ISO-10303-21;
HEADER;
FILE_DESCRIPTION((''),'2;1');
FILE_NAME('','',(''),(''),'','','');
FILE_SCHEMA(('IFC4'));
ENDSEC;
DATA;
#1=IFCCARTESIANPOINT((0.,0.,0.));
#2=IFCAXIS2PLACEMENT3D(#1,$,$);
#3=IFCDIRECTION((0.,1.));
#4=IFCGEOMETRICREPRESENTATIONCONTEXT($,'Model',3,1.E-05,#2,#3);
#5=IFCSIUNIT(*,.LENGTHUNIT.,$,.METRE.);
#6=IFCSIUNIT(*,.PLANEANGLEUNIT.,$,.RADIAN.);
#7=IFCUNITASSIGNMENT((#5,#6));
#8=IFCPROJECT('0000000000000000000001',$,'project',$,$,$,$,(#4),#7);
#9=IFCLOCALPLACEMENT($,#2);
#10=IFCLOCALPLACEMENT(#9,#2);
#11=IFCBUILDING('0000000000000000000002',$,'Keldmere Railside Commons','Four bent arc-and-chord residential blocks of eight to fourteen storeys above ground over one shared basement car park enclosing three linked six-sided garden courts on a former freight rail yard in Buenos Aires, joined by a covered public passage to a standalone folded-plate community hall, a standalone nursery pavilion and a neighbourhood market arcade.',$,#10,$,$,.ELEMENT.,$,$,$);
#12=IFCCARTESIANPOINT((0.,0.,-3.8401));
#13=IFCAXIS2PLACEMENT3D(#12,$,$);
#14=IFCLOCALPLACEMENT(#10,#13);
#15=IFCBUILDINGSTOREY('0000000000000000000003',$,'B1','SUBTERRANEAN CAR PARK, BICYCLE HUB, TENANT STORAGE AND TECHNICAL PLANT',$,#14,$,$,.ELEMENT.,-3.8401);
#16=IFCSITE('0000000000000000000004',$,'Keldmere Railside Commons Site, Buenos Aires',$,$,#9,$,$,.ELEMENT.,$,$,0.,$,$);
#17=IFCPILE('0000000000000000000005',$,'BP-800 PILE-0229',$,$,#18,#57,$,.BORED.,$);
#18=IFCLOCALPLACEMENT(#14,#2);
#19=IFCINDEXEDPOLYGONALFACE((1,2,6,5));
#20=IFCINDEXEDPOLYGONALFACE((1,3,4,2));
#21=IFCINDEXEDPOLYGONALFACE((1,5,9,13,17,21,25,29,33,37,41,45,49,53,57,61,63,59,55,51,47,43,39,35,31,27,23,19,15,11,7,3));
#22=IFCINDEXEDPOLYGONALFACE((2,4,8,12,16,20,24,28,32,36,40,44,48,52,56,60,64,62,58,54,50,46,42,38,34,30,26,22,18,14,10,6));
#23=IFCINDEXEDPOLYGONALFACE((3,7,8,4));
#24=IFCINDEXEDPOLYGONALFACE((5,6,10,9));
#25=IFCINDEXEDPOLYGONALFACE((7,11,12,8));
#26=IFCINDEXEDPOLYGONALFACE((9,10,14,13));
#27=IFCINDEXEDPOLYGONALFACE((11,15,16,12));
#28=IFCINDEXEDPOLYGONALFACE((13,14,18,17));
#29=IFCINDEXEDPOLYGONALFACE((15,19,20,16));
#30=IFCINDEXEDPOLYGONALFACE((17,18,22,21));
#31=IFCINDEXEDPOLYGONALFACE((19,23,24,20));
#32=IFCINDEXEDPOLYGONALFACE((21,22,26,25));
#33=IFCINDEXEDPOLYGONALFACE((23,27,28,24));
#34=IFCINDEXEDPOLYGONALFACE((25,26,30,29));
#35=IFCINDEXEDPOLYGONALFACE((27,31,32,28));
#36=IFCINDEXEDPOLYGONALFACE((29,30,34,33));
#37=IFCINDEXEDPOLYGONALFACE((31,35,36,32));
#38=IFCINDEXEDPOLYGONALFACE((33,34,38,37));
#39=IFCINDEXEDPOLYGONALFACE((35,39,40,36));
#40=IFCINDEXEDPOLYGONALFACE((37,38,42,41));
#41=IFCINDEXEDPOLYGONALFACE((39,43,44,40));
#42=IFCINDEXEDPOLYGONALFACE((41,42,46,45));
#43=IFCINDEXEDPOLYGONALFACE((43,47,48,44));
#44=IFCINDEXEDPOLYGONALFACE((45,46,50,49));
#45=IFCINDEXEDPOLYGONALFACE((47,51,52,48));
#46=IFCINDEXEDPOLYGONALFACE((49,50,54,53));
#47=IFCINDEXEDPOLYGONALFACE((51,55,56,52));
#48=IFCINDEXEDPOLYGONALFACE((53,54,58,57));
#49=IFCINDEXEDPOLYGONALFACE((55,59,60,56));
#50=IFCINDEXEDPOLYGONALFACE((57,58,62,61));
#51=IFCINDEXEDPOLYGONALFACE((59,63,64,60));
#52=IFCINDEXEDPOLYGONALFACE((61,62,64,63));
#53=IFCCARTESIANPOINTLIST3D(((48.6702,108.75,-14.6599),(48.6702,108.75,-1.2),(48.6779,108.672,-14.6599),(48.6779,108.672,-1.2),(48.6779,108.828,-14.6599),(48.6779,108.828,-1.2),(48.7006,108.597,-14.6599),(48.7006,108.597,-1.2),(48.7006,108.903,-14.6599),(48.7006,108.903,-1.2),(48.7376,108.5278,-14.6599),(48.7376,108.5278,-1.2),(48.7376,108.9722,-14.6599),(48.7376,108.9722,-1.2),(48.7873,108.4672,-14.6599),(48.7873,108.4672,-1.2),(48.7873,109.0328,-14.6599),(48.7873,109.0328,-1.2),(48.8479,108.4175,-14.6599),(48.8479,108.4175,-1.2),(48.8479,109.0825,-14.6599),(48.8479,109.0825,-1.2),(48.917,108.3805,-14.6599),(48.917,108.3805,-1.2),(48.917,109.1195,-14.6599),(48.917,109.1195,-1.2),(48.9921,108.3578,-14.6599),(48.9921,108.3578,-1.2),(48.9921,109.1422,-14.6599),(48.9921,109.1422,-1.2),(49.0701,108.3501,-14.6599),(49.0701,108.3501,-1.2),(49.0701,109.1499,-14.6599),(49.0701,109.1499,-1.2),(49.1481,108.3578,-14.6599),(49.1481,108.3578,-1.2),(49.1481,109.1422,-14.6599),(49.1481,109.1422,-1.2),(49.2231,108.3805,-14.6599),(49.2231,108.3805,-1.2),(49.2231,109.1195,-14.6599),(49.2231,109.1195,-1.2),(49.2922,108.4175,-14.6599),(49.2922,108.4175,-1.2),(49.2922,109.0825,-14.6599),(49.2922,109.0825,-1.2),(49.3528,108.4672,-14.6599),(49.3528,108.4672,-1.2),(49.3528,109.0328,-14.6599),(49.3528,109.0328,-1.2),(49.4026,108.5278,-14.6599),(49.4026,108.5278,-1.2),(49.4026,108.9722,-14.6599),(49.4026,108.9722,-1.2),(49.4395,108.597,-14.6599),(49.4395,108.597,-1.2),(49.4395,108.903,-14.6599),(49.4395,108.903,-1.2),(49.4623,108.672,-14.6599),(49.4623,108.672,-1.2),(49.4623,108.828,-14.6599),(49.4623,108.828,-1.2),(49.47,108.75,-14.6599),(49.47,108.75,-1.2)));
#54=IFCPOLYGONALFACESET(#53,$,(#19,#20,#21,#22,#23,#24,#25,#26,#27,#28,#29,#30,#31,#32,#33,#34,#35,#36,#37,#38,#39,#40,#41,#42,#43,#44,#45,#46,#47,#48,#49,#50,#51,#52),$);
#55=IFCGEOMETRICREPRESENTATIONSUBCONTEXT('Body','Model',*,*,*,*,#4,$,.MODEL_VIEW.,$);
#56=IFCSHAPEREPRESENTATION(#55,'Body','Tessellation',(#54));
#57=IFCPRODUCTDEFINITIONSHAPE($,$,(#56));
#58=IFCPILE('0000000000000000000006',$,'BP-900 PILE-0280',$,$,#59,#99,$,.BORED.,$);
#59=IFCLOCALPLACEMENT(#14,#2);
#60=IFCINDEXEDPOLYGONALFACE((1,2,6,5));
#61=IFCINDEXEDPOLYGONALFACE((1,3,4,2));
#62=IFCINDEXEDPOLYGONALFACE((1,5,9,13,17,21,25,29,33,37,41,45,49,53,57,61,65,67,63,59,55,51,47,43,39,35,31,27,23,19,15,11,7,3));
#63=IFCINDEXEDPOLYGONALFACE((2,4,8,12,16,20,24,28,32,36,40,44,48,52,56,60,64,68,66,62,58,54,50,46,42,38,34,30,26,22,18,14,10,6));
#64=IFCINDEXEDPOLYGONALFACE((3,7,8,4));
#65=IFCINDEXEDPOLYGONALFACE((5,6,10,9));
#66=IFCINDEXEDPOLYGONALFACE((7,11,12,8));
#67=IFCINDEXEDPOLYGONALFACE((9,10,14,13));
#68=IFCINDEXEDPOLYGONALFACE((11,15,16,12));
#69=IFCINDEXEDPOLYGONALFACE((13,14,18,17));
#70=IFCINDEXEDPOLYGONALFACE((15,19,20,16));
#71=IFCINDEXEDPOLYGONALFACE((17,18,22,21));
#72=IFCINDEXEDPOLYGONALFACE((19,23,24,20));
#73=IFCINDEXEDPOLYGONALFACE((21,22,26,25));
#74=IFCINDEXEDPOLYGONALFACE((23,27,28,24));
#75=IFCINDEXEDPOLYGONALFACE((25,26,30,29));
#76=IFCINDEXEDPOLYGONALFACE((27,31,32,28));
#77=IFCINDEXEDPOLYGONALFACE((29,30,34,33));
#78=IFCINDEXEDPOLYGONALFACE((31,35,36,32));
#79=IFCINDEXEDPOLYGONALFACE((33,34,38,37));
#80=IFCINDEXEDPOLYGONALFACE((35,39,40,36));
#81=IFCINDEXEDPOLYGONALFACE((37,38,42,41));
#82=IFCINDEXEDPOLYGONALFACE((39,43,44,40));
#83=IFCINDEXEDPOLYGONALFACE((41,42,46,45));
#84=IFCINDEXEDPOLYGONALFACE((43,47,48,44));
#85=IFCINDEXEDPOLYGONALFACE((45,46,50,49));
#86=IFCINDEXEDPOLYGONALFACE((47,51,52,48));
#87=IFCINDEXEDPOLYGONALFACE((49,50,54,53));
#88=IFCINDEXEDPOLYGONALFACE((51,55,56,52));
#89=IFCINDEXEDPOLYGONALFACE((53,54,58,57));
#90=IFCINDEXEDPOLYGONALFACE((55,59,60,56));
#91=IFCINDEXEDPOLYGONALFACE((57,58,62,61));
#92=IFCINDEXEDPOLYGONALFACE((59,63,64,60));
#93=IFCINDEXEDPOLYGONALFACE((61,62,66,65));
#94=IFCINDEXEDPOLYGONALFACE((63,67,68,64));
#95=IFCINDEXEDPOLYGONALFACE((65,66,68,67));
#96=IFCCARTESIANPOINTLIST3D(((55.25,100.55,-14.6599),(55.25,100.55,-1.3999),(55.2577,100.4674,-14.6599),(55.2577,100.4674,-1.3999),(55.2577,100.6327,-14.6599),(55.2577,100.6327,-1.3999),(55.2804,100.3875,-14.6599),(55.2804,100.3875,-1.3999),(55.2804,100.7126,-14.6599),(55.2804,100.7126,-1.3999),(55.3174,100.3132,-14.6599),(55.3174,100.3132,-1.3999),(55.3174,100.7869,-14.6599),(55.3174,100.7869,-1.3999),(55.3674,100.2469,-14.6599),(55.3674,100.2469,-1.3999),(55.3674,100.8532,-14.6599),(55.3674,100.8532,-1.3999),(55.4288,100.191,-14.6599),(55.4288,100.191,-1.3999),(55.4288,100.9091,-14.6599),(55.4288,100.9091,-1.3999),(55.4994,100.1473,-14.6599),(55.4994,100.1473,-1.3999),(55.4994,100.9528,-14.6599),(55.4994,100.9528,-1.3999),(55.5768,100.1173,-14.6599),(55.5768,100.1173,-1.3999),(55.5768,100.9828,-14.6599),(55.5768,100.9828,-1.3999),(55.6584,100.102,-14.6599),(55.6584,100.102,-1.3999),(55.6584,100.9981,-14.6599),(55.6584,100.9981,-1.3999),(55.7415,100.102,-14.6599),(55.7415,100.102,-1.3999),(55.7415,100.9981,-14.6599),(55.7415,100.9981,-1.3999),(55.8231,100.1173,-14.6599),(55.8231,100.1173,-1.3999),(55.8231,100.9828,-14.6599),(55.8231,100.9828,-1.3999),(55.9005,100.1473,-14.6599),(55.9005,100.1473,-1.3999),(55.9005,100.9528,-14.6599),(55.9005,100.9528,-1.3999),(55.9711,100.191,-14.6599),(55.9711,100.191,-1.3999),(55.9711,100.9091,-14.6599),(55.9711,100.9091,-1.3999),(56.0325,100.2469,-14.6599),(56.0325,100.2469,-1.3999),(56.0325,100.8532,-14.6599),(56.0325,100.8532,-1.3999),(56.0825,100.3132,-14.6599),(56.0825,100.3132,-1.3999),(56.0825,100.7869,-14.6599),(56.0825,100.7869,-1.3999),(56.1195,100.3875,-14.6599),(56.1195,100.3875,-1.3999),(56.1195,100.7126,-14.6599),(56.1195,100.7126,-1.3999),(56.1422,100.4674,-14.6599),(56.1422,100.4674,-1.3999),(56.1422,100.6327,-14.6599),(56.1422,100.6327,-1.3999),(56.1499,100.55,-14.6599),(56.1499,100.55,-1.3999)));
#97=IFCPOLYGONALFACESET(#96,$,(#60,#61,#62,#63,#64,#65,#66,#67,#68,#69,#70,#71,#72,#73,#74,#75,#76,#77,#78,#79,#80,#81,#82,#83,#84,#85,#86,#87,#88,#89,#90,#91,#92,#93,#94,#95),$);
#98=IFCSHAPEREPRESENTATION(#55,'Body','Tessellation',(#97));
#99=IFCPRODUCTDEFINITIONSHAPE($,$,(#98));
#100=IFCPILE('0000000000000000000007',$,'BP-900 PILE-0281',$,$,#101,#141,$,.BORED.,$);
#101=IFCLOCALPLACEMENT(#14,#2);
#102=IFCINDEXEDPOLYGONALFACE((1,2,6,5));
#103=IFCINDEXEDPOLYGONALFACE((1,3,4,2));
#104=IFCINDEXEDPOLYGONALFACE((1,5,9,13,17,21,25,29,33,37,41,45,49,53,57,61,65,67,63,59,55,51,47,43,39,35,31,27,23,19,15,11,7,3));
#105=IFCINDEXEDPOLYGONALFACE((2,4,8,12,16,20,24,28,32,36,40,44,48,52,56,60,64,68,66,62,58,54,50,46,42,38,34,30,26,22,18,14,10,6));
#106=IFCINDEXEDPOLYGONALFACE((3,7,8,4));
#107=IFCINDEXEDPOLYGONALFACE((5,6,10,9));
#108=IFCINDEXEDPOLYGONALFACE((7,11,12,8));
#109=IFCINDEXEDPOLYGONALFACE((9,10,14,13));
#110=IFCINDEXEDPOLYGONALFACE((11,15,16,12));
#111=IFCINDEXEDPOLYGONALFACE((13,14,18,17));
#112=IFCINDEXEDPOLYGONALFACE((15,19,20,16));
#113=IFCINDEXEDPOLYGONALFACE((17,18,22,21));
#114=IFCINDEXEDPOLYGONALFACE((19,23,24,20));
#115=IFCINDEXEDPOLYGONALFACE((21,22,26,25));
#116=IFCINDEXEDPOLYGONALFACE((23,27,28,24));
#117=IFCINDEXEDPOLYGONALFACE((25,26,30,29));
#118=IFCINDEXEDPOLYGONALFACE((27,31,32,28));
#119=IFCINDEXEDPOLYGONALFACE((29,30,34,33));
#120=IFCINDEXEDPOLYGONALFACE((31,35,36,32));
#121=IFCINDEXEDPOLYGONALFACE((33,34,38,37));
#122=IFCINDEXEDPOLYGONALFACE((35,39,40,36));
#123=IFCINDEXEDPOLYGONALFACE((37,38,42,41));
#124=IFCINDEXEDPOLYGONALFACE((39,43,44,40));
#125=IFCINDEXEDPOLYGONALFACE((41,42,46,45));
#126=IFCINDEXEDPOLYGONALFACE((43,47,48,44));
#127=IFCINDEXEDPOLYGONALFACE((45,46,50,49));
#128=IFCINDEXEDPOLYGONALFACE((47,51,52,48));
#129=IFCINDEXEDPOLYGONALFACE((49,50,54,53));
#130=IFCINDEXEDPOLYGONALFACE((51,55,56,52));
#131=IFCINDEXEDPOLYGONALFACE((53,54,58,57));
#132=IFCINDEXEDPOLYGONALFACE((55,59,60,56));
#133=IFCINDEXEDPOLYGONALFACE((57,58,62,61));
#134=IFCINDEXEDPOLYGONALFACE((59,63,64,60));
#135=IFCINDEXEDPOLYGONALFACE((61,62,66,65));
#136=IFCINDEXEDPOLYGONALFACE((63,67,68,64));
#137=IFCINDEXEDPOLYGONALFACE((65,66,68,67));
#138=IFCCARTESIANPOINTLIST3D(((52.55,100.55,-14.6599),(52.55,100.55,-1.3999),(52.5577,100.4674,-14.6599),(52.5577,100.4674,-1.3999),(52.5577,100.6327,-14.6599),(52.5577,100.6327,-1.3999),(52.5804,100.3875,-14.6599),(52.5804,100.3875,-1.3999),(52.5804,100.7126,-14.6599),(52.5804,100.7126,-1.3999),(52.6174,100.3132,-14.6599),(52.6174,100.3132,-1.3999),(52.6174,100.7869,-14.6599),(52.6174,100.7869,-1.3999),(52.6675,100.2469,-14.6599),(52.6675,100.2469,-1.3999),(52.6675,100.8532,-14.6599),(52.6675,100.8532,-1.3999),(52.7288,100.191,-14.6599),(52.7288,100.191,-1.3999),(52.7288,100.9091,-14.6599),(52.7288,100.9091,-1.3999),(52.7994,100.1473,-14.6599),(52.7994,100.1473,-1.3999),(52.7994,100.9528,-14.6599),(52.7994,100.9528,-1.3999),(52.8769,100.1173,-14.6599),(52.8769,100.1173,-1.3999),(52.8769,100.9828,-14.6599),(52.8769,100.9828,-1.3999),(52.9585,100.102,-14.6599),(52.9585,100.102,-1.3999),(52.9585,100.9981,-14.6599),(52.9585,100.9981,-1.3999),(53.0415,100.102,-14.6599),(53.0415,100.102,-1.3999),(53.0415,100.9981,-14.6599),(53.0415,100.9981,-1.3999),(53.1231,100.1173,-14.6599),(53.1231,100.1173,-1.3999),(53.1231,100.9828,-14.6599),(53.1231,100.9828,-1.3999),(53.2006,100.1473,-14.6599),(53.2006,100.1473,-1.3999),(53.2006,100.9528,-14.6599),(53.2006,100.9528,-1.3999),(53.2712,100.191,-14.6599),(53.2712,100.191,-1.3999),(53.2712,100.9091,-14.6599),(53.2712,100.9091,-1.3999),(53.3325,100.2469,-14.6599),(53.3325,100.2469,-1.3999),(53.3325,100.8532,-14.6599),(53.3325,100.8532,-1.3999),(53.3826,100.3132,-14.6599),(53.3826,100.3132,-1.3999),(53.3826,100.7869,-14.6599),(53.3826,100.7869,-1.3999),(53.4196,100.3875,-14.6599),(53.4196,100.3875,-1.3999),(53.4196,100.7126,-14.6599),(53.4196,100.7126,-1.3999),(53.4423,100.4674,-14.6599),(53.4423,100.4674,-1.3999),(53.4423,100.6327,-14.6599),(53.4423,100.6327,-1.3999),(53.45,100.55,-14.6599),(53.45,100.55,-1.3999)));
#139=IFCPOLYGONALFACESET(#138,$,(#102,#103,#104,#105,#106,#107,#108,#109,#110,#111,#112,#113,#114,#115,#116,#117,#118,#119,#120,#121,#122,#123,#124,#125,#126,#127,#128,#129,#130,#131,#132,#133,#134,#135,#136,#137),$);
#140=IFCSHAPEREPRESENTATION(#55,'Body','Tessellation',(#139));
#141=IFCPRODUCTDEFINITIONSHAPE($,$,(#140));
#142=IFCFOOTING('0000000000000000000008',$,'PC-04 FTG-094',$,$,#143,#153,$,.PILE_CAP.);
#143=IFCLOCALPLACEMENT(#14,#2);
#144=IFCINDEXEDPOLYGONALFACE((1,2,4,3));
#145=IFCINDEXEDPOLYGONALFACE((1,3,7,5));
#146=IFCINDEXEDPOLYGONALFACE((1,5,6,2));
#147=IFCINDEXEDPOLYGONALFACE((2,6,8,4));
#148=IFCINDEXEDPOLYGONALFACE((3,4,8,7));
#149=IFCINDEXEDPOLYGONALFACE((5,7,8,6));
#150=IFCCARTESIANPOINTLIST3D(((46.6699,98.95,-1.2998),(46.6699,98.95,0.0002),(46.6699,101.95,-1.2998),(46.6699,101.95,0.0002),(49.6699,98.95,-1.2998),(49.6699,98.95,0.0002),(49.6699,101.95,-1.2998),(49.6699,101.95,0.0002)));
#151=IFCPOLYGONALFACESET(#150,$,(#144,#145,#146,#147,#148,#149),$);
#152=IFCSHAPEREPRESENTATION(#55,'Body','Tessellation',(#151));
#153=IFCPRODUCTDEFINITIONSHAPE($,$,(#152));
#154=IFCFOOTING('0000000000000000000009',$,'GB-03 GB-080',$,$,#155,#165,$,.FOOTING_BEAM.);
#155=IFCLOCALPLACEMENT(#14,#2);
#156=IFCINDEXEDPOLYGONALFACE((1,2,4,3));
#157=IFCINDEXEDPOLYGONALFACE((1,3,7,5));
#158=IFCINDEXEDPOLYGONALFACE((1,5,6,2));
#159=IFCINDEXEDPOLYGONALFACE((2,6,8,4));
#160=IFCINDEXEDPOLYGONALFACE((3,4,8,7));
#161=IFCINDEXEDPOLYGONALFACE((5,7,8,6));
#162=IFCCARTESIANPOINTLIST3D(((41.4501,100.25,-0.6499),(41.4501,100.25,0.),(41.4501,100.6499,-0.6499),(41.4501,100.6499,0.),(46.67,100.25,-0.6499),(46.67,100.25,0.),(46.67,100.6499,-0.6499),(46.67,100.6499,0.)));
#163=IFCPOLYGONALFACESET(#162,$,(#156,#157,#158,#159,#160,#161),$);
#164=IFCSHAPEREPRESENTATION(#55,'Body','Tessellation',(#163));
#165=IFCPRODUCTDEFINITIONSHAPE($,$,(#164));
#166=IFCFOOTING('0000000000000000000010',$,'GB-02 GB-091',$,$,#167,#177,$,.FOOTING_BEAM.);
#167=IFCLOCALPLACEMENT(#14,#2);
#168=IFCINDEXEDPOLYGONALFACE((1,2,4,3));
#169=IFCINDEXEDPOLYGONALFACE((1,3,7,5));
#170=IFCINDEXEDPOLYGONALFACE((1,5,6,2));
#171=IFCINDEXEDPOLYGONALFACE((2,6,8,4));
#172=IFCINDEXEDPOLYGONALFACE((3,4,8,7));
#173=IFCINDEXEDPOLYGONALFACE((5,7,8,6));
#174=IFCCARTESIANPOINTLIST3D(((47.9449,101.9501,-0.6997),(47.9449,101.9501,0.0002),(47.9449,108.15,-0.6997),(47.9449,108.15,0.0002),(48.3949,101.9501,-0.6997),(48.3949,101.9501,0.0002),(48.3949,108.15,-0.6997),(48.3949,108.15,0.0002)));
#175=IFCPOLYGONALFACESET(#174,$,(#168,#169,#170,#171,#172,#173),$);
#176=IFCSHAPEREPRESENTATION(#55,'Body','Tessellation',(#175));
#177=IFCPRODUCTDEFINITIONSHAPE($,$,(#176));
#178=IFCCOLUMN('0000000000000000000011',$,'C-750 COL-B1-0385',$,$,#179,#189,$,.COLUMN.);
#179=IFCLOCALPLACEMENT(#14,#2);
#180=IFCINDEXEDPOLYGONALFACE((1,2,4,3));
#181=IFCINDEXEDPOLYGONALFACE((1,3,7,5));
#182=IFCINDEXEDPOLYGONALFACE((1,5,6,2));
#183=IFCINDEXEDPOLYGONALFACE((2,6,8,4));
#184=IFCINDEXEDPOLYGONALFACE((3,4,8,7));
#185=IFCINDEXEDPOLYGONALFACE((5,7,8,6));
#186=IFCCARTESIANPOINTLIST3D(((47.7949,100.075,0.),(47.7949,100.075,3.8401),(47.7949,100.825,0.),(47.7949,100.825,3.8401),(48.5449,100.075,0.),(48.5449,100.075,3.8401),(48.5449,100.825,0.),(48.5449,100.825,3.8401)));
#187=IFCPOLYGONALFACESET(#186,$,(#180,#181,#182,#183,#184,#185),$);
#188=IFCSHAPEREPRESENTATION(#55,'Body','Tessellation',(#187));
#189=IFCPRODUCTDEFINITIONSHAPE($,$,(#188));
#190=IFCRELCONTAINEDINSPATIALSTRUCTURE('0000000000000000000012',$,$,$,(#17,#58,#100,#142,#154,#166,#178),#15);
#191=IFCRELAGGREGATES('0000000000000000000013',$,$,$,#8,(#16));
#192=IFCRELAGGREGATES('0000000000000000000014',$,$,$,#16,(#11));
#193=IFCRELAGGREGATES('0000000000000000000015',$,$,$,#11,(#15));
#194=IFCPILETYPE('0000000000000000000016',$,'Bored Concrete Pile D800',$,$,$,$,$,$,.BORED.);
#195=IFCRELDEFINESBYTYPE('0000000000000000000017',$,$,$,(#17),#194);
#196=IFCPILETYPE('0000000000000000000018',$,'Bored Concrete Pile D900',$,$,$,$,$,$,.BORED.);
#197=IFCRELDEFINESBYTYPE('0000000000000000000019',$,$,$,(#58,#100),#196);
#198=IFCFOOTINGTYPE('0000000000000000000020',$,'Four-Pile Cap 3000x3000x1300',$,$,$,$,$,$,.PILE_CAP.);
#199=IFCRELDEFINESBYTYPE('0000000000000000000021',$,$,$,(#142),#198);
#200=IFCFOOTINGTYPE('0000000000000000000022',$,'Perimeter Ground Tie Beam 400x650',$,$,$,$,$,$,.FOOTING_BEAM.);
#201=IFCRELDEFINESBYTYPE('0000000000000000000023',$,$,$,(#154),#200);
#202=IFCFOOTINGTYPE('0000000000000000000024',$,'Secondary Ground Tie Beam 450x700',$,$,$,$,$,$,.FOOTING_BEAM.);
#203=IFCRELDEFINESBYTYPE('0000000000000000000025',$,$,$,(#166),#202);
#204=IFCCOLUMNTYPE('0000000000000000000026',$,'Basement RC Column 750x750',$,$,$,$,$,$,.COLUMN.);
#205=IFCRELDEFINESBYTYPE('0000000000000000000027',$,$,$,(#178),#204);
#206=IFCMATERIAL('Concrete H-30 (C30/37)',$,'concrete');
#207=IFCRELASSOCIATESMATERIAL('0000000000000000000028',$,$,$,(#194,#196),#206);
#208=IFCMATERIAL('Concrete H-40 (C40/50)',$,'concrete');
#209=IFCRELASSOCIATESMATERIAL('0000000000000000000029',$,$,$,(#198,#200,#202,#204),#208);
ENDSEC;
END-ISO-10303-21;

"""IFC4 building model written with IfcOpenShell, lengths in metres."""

from ifc_helpers import new_model, si_unit, direction, frame, origin, origin_2d, place, context, subcontext, project, spatial, rectangle, circle, extrude, material, material_profile, profile_set, type_object, element, save


model = new_model("IFC4")

# Units and contexts
model_context = context("Model", 3, precision=1e-05, world=origin(), true_north=direction((0.0, 1.0)))
body_context = subcontext(model_context, "Body", "Model", "MODEL_VIEW")
ifc_project = project(units=[si_unit("LENGTHUNIT", "METRE"), si_unit("PLANEANGLEUNIT", "RADIAN")], contexts=[model_context])

# Site, building, storey
site_placement = place(None, origin())
site = spatial("IfcSite", under=ifc_project, at=site_placement, Name="Keldmere Railside Commons Site, Buenos Aires", CompositionType="ELEMENT", RefElevation=0.0)
building_placement = place(site_placement, origin())
building = spatial("IfcBuilding", under=site, at=building_placement, Name="Keldmere Railside Commons", Description="Four bent arc-and-chord residential blocks of eight to fourteen storeys above ground over one shared basement car park enclosing three linked six-sided garden courts on a former freight rail yard in Buenos Aires, joined by a covered public passage to a standalone folded-plate community hall, a standalone nursery pavilion and a neighbourhood market arcade.", CompositionType="ELEMENT")
storey_placement = place(building_placement, frame((0.0, 0.0, -3.8401)))
storey = spatial("IfcBuildingStorey", under=building, at=storey_placement, Name="B1", Description="SUBTERRANEAN CAR PARK, BICYCLE HUB, TENANT STORAGE AND TECHNICAL PLANT", CompositionType="ELEMENT", Elevation=-3.8401)

# Piles
ifc_material_1 = material(Name="Concrete H-30 (C30/37)", Category="concrete")
ifc_material_profile_1 = material_profile(ifc_material_1, circle(Radius=0.3999, at=origin_2d()), Name="PILE-D800")
ifc_profile_set_1 = profile_set([ifc_material_profile_1], Name="Concrete H-30 (C30/37)")
pile_type_1 = type_object("IfcPileType", Name="Bored Concrete Pile D800", PredefinedType="BORED", material=ifc_profile_set_1)
for number, where, z_axis, x_axis, name in (
    (1, (49.0701, 108.75, -1.2), (0.0, 0.0, -1.0), (1.0, 0.0, 0.0), "BP-800 PILE-0229"),
):
    element("IfcPile", number, at=place(storey_placement, frame(where, z_axis=z_axis, x_axis=x_axis)), inside=storey, type_object=pile_type_1, Name=name, PredefinedType="BORED", context=body_context, shape_type="SweptSolid", body=[
        extrude(circle(Radius=0.3999, at=origin_2d()), origin(), (0.0, 0.0, 1.0), 13.46),
    ])
ifc_material_profile_2 = material_profile(ifc_material_1, circle(Radius=0.45, at=origin_2d()), Name="PILE-D900")
ifc_profile_set_2 = profile_set([ifc_material_profile_2], Name="Concrete H-30 (C30/37)")
pile_type_2 = type_object("IfcPileType", Name="Bored Concrete Pile D900", PredefinedType="BORED", material=ifc_profile_set_2)
for number, where, z_axis, x_axis, name in (
    (2, (55.7, 100.55, -1.3999), (0.0, 0.0, -1.0), (1.0, 0.0, 0.0), "BP-900 PILE-0280"),
    (3, (53.0, 100.55, -1.3999), (0.0, 0.0, -1.0), (1.0, 0.0, 0.0), "BP-900 PILE-0281"),
):
    element("IfcPile", number, at=place(storey_placement, frame(where, z_axis=z_axis, x_axis=x_axis)), inside=storey, type_object=pile_type_2, Name=name, PredefinedType="BORED", context=body_context, shape_type="SweptSolid", body=[
        extrude(circle(Radius=0.45, at=origin_2d()), origin(), (0.0, 0.0, 1.0), 13.26),
    ])

# Footings
ifc_material_2 = material(Name="Concrete H-40 (C40/50)", Category="concrete")
footing_type_1 = type_object("IfcFootingType", Name="Four-Pile Cap 3000x3000x1300", PredefinedType="PILE_CAP", material=ifc_material_2)
footing_1_placement = place(storey_placement, frame((48.1699, 100.45, -1.2998), z_axis=(0.0, 0.0, 1.0), x_axis=(1.0, 0.0, 0.0)))
element("IfcFooting", 4, at=footing_1_placement, inside=storey, type_object=footing_type_1, Name="PC-04 FTG-094", PredefinedType="PILE_CAP", context=body_context, shape_type="SweptSolid", body=[
    extrude(rectangle(XDim=3.0, YDim=3.0, at=origin_2d()), origin(), (0.0, 0.0, 1.0), 1.3),
])
footing_type_2 = type_object("IfcFootingType", Name="Perimeter Ground Tie Beam 400x650", PredefinedType="FOOTING_BEAM", material=ifc_material_2)
footing_2_placement = place(storey_placement, frame((44.0601, 100.45, -0.6499), z_axis=(0.0, 0.0, 1.0), x_axis=(1.0, 0.0, 0.0)))
element("IfcFooting", 5, at=footing_2_placement, inside=storey, type_object=footing_type_2, Name="GB-03 GB-080", PredefinedType="FOOTING_BEAM", context=body_context, shape_type="SweptSolid", body=[
    extrude(rectangle(XDim=5.22, YDim=0.3999, at=origin_2d()), origin(), (0.0, 0.0, 1.0), 0.6499),
])
footing_type_3 = type_object("IfcFootingType", Name="Secondary Ground Tie Beam 450x700", PredefinedType="FOOTING_BEAM", material=ifc_material_2)
footing_3_placement = place(storey_placement, frame((48.1699, 105.05, -0.6997), z_axis=(0.0, 0.0, 1.0), x_axis=(0.0, 1.0, 0.0)))
element("IfcFooting", 6, at=footing_3_placement, inside=storey, type_object=footing_type_3, Name="GB-02 GB-091", PredefinedType="FOOTING_BEAM", context=body_context, shape_type="SweptSolid", body=[
    extrude(rectangle(XDim=6.2, YDim=0.45, at=origin_2d()), origin(), (0.0, 0.0, 1.0), 0.7),
])

# Column
ifc_material_profile_3 = material_profile(ifc_material_2, rectangle(XDim=0.75, YDim=0.75, at=origin_2d()), Name="RC-750x750")
ifc_profile_set_3 = profile_set([ifc_material_profile_3], Name="Concrete H-40 (C40/50)")
column_type_1 = type_object("IfcColumnType", Name="Basement RC Column 750x750", PredefinedType="COLUMN", material=ifc_profile_set_3)
column_1_placement = place(storey_placement, frame((48.1699, 100.45, 0.0), z_axis=(0.0, 0.0, 1.0), x_axis=(1.0, 0.0, 0.0)))
element("IfcColumn", 7, at=column_1_placement, inside=storey, type_object=column_type_1, Name="C-750 COL-B1-0385", PredefinedType="COLUMN", context=body_context, shape_type="SweptSolid", body=[
    extrude(rectangle(XDim=0.75, YDim=0.75, at=origin_2d()), origin(), (0.0, 0.0, 1.0), 3.8401),
])

save(model, "model.ifc")
